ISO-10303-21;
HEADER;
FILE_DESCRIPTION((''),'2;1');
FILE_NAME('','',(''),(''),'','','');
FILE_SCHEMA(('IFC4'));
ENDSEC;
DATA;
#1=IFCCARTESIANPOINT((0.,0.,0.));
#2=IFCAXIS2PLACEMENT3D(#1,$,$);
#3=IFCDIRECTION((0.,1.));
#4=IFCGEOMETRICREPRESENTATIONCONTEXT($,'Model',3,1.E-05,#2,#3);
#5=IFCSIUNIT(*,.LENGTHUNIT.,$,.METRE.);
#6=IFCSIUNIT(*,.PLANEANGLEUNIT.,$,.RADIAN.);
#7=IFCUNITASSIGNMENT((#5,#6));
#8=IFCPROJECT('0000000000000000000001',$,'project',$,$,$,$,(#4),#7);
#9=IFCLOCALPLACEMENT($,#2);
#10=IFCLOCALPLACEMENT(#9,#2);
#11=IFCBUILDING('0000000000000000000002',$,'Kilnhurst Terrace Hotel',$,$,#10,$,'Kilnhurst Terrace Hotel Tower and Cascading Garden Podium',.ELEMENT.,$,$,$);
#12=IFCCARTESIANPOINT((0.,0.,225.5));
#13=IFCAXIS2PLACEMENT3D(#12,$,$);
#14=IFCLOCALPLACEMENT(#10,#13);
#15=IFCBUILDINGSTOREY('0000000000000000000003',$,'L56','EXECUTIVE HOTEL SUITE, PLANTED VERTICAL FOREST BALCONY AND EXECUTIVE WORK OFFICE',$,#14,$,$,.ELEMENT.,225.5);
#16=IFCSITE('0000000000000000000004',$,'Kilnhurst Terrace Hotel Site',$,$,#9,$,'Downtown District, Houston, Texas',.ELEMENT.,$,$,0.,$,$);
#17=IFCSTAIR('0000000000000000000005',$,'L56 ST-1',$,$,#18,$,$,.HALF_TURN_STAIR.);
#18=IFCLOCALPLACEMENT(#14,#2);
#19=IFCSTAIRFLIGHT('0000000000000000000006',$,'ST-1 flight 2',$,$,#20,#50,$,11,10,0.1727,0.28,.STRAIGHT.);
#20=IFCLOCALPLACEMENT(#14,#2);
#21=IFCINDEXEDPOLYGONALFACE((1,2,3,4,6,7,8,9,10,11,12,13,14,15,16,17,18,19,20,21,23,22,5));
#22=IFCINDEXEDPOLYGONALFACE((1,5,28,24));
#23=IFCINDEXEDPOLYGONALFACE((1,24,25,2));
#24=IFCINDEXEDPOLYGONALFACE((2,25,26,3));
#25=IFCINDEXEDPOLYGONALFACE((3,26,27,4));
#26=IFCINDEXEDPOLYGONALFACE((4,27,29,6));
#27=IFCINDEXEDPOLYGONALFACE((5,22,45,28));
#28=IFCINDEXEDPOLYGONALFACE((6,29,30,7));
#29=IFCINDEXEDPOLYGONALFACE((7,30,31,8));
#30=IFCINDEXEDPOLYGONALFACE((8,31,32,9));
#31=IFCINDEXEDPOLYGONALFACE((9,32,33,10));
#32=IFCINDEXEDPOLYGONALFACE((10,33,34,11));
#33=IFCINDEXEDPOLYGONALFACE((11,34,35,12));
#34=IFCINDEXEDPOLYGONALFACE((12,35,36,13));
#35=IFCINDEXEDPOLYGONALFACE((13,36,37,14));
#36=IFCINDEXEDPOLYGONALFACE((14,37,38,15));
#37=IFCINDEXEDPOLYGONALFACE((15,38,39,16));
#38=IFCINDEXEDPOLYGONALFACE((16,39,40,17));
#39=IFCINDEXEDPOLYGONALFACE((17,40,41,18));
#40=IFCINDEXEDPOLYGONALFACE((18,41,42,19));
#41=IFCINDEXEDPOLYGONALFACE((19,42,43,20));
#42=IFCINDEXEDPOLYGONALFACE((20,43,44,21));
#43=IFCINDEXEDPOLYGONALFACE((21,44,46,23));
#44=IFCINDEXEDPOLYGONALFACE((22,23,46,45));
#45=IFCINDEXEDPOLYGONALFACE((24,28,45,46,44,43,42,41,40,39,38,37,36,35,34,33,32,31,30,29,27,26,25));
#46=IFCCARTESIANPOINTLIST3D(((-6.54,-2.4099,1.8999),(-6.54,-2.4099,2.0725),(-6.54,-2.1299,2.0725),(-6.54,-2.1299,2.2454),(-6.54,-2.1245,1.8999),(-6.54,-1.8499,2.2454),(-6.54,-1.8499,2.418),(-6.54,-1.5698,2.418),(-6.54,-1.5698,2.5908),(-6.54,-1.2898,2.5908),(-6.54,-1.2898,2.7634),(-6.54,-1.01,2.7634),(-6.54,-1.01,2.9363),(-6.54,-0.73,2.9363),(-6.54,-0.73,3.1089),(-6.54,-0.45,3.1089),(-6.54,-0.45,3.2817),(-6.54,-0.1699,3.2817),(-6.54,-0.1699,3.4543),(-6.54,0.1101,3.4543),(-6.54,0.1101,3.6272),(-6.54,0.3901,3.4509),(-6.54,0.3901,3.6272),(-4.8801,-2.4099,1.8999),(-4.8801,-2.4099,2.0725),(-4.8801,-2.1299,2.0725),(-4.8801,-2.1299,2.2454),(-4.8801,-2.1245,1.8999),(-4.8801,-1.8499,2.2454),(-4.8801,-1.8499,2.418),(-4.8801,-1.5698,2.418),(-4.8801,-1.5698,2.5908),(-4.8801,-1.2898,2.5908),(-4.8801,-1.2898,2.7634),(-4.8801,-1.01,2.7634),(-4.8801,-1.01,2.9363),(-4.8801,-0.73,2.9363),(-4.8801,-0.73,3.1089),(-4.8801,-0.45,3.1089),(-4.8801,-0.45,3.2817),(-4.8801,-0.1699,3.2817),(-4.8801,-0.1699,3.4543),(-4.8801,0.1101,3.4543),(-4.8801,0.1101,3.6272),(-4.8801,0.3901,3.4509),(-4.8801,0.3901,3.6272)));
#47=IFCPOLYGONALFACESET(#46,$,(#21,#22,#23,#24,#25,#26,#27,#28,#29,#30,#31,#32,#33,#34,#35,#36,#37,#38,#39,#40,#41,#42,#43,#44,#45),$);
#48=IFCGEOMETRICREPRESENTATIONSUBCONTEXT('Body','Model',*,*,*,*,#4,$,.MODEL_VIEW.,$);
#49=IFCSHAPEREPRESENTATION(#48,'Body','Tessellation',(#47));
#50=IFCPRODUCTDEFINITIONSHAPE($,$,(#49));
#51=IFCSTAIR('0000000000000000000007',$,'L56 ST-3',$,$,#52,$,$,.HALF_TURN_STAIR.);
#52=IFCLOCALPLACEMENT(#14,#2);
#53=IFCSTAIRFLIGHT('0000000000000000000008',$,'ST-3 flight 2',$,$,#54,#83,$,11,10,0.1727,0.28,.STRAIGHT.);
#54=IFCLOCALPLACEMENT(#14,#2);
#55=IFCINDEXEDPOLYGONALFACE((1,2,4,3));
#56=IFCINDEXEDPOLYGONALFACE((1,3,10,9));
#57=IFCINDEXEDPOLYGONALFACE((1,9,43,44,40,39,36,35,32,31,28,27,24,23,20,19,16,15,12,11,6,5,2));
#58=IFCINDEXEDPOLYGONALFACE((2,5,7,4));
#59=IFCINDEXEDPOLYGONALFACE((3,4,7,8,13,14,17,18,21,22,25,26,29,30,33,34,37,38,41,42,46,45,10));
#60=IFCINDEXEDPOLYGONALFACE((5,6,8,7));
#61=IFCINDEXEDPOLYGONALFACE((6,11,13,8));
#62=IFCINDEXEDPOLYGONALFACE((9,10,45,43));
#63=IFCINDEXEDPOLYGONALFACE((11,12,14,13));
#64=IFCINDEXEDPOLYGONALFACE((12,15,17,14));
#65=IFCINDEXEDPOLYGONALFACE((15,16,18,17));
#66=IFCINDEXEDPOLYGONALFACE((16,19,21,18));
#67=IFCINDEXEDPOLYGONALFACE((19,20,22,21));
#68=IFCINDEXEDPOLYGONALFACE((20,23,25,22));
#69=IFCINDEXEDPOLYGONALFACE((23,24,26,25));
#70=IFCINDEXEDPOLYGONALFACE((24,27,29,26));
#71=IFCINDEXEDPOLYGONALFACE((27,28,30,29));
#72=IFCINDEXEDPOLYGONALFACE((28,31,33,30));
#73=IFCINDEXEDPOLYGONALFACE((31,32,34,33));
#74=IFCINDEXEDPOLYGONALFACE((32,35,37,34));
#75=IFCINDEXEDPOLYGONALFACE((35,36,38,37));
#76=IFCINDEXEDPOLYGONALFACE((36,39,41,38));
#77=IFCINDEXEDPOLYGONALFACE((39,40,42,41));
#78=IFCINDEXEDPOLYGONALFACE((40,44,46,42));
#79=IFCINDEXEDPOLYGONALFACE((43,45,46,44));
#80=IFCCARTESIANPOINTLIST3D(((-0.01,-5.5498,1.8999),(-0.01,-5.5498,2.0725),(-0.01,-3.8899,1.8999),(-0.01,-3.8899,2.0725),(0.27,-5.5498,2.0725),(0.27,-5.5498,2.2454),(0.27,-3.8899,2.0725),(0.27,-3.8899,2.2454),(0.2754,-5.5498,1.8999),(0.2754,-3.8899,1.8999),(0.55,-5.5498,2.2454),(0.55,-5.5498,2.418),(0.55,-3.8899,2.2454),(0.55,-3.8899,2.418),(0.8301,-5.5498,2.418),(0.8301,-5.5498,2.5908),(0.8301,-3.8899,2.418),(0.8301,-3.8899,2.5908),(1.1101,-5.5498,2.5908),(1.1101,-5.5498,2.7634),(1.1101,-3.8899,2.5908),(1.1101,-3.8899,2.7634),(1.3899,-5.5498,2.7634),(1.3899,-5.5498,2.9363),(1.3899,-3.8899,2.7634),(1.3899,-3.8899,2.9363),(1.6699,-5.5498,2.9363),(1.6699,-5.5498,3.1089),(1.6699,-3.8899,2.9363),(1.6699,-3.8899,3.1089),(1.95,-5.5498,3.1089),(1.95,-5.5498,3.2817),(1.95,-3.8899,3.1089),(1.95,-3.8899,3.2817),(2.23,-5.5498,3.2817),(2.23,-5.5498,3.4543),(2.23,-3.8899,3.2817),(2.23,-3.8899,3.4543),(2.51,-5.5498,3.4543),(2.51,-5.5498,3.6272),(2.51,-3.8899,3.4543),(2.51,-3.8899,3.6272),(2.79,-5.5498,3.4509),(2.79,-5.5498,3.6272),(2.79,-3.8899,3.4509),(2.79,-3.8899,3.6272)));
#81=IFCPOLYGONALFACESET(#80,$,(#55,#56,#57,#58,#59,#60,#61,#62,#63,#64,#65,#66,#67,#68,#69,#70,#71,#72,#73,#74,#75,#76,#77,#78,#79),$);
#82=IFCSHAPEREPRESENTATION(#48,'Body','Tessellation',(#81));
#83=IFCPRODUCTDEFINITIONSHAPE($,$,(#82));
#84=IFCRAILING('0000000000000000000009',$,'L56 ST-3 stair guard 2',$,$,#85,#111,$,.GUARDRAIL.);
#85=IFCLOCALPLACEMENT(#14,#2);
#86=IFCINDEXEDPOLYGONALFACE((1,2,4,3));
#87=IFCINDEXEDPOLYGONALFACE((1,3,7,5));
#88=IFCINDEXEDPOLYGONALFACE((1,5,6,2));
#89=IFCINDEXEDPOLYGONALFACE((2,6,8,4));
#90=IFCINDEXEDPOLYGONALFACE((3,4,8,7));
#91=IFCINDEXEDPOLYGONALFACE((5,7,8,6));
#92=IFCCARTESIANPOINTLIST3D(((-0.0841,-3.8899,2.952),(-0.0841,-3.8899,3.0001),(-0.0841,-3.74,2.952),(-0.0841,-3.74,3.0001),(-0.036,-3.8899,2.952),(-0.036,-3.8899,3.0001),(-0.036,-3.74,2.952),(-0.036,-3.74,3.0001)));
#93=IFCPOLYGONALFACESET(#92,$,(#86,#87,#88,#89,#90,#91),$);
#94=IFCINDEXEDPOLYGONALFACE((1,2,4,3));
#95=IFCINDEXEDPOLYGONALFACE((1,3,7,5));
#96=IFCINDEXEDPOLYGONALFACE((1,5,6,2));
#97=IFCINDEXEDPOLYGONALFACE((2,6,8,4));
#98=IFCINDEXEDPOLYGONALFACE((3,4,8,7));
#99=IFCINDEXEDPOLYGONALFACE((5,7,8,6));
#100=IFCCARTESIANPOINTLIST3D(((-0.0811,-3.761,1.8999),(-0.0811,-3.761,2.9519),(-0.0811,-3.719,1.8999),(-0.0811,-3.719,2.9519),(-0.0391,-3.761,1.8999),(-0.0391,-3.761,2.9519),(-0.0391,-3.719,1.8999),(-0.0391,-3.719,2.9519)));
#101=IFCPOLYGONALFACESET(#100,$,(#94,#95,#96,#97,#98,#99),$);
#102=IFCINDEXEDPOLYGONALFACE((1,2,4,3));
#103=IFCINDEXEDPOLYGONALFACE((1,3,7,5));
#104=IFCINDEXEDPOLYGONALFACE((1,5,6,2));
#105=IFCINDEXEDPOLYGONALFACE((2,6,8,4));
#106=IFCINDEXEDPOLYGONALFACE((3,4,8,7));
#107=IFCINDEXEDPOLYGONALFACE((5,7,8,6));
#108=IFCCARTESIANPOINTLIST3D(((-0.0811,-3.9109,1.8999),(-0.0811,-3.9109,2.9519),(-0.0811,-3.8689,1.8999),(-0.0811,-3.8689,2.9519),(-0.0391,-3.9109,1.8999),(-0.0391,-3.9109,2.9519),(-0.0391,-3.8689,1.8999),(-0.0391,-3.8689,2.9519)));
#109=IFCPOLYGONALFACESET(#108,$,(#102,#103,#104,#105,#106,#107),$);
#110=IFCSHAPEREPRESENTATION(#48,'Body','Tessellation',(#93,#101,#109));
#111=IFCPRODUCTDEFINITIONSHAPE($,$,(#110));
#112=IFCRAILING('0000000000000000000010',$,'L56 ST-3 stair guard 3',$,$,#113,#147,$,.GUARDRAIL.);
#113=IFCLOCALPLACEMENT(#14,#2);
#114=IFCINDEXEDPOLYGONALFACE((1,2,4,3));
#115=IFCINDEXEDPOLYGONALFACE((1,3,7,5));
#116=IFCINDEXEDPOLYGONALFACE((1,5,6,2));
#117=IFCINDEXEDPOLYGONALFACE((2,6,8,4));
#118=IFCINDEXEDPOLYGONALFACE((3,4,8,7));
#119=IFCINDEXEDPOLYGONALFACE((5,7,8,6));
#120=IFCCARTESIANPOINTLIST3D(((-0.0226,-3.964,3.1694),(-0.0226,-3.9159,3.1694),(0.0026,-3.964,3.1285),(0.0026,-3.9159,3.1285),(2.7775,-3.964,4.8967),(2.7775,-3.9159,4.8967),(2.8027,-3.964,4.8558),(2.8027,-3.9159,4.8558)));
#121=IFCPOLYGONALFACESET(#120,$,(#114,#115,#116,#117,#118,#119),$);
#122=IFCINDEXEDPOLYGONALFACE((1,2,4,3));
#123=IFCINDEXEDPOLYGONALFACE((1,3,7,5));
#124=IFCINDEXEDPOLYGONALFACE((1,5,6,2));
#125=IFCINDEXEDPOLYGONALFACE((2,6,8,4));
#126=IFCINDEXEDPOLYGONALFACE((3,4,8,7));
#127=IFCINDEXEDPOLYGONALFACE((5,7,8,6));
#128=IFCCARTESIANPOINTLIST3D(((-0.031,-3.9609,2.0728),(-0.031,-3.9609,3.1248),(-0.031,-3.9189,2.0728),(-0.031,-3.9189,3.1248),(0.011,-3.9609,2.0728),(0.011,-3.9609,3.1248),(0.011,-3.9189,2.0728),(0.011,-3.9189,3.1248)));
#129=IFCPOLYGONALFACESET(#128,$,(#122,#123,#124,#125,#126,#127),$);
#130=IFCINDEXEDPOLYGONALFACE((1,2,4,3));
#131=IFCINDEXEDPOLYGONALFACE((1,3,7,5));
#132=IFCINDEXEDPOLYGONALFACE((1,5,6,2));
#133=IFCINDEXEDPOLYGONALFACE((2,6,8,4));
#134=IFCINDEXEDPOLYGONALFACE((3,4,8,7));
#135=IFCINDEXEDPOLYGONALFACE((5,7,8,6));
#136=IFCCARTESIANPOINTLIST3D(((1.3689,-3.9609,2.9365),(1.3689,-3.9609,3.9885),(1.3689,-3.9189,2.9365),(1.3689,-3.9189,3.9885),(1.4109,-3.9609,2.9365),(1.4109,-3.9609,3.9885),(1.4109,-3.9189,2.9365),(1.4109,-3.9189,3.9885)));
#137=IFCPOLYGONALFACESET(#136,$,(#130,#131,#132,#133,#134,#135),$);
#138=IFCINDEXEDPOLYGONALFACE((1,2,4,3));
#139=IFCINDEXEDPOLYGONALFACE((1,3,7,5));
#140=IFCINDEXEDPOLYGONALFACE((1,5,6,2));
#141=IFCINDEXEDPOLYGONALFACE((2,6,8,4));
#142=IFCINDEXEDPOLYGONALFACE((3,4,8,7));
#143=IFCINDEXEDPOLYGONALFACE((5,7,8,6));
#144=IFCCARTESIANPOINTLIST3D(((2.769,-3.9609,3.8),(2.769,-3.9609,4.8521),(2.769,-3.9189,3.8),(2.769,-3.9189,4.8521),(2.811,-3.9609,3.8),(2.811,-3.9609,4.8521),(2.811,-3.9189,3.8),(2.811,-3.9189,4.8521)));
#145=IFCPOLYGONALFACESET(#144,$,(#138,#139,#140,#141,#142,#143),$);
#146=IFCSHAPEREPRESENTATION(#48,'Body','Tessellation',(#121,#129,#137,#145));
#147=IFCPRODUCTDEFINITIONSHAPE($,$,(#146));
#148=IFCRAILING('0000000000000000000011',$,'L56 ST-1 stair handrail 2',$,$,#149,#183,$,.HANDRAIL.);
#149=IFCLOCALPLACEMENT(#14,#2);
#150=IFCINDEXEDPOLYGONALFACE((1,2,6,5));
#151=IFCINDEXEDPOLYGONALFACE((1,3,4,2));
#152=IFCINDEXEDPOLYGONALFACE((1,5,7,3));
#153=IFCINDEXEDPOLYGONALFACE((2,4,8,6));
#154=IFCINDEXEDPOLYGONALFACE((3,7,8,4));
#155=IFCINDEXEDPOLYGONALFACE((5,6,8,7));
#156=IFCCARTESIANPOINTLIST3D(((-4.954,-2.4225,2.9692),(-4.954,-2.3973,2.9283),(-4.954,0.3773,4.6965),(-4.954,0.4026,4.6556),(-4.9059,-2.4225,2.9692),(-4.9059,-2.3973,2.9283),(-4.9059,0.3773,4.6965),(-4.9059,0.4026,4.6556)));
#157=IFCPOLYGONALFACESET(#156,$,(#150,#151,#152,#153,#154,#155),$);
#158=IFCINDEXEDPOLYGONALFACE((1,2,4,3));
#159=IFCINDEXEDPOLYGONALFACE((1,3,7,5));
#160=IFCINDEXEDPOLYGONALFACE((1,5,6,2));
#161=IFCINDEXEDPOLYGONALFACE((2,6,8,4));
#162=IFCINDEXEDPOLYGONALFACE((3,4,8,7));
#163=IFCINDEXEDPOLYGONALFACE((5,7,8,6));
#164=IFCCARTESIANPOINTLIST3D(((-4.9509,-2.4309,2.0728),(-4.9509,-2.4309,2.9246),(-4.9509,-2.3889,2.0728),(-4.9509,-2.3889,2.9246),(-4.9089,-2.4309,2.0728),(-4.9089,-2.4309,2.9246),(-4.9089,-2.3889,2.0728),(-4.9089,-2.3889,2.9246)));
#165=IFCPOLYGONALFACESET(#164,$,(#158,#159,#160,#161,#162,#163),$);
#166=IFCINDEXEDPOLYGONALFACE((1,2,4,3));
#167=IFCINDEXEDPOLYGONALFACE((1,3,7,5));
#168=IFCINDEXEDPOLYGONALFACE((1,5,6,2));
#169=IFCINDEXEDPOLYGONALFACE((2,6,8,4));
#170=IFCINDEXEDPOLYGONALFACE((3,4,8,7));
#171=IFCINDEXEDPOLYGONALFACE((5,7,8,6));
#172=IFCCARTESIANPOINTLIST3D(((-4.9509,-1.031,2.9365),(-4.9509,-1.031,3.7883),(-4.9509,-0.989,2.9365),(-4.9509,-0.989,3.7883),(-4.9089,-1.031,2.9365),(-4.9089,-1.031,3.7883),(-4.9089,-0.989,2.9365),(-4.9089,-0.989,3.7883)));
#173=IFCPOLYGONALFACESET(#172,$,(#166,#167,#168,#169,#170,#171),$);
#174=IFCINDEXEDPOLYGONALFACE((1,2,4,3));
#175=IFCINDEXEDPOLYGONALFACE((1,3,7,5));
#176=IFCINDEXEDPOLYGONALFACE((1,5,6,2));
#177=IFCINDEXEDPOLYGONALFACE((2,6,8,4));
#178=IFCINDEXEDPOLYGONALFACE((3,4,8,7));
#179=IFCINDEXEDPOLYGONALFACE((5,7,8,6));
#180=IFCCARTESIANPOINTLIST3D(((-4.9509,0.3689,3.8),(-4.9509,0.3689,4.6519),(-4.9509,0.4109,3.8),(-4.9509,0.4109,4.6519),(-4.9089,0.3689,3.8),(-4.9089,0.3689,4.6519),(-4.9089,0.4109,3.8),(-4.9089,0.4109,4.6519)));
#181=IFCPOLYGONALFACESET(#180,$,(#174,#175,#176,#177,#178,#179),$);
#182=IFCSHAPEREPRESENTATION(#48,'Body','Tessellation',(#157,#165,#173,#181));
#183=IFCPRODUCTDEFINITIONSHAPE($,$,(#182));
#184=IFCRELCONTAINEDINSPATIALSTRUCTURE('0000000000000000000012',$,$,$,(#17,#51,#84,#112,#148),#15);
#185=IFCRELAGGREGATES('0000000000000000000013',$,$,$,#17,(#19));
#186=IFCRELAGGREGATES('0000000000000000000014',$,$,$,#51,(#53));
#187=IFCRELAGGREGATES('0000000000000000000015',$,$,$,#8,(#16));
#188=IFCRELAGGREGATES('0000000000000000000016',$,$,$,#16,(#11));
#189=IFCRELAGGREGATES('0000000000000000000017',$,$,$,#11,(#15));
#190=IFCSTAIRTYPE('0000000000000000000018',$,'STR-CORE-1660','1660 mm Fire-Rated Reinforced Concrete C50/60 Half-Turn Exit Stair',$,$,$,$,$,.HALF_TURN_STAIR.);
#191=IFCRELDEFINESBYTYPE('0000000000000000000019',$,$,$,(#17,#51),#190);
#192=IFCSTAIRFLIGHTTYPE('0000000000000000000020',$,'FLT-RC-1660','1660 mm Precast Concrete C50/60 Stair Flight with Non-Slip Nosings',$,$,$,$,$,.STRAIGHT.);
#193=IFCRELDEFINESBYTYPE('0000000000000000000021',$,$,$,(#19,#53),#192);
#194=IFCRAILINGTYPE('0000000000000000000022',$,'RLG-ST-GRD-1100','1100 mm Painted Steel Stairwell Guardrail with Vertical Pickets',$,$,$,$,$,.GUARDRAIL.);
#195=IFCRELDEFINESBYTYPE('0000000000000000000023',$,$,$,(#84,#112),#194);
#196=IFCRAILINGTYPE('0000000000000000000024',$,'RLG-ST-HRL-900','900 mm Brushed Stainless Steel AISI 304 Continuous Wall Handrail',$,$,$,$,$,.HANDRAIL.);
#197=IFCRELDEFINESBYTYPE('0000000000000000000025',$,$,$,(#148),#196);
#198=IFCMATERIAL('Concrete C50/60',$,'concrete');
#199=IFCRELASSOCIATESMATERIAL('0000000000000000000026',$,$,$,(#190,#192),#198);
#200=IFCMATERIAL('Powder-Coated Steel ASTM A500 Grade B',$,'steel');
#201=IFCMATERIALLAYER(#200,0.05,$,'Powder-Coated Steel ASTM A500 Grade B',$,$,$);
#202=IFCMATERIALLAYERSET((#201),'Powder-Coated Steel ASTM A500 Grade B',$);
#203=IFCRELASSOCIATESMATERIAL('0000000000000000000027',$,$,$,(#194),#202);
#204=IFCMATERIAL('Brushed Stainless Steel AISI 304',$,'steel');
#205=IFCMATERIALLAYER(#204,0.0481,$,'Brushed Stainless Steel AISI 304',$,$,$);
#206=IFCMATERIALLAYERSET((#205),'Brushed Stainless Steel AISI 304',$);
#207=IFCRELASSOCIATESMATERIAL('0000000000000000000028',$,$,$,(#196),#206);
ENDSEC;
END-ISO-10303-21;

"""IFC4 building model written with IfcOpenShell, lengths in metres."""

from ifc_helpers import new_model, si_unit, direction, frame, origin, origin_2d, place, context, subcontext, project, spatial, polyline, rectangle, outline, extrude, material, layer, layer_set, type_object, element, aggregate, save


model = new_model("IFC4")

# Units and contexts
model_context = context("Model", 3, precision=1e-05, world=origin(), true_north=direction((0.0, 1.0)))
body_context = subcontext(model_context, "Body", "Model", "MODEL_VIEW")
ifc_project = project(units=[si_unit("LENGTHUNIT", "METRE"), si_unit("PLANEANGLEUNIT", "RADIAN")], contexts=[model_context])

# Site, building, storey
site_placement = place(None, origin())
site = spatial("IfcSite", under=ifc_project, at=site_placement, Name="Kilnhurst Terrace Hotel Site", LongName="Downtown District, Houston, Texas", CompositionType="ELEMENT", RefElevation=0.0)
building_placement = place(site_placement, origin())
building = spatial("IfcBuilding", under=site, at=building_placement, Name="Kilnhurst Terrace Hotel", LongName="Kilnhurst Terrace Hotel Tower and Cascading Garden Podium", CompositionType="ELEMENT")
storey_placement = place(building_placement, frame((0.0, 0.0, 225.5)))
storey = spatial("IfcBuildingStorey", under=building, at=storey_placement, Name="L56", Description="EXECUTIVE HOTEL SUITE, PLANTED VERTICAL FOREST BALCONY AND EXECUTIVE WORK OFFICE", CompositionType="ELEMENT", Elevation=225.5)

# Shared definitions
ifc_material_1 = material(Name="Concrete C50/60", Category="concrete")

# Stairs, stair flights
stair_type = type_object("IfcStairType", Name="STR-CORE-1660", Description="1660 mm Fire-Rated Reinforced Concrete C50/60 Half-Turn Exit Stair", PredefinedType="HALF_TURN_STAIR", material=ifc_material_1)
stair_1_placement = place(storey_placement, origin())
stair_1 = element("IfcStair", 1, at=stair_1_placement, inside=storey, type_object=stair_type, Name="L56 ST-1", PredefinedType="HALF_TURN_STAIR")
stair_flight_type = type_object("IfcStairFlightType", Name="FLT-RC-1660", Description="1660 mm Precast Concrete C50/60 Stair Flight with Non-Slip Nosings", PredefinedType="STRAIGHT", material=ifc_material_1)
stair_flight_1_placement = place(storey_placement, frame((-5.71, -2.4099, 1.8999), z_axis=(0.0, 0.0, 1.0), x_axis=(0.0, 1.0, 0.0)))
stair_flight_1 = element("IfcStairFlight", 2, at=stair_flight_1_placement, type_object=stair_flight_type, Name="ST-1 flight 2", NumberOfRisers=11, NumberOfTreads=10, PredefinedType="STRAIGHT", RiserHeight=0.1727, TreadLength=0.28, context=body_context, shape_type="SweptSolid", body=[
    extrude(outline(polyline([(0.0, 0.0), (0.0, 0.1726), (0.28, 0.1726), (0.28, 0.3455), (0.5601, 0.3455), (0.5601, 0.5181), (0.8401, 0.5181), (0.8401, 0.6909), (1.1201, 0.6909), (1.1201, 0.8635), (1.3999, 0.8635), (1.3999, 1.0364), (1.6799, 1.0364), (1.6799, 1.209), (1.96, 1.209), (1.96, 1.3818), (2.24, 1.3818), (2.24, 1.5544), (2.52, 1.5544), (2.52, 1.7273), (2.8, 1.7273), (2.8, 1.8999), (2.8, 1.551), (0.2854, 0.0), (0.0, 0.0)])), frame((0.0, 0.8301, 0.0), z_axis=(0.0, -1.0, 0.0), x_axis=(1.0, 0.0, 0.0)), (0.0, 0.0, 1.0), 1.6599),
])
aggregate(stair_1, [stair_flight_1])
stair_2_placement = place(storey_placement, origin())
stair_2 = element("IfcStair", 3, at=stair_2_placement, inside=storey, type_object=stair_type, Name="L56 ST-3", PredefinedType="HALF_TURN_STAIR")
stair_flight_2_placement = place(storey_placement, frame((-0.01, -4.72, 1.8999), z_axis=(0.0, 0.0, 1.0), x_axis=(1.0, 0.0, 0.0)))
stair_flight_2 = element("IfcStairFlight", 4, at=stair_flight_2_placement, type_object=stair_flight_type, Name="ST-3 flight 2", NumberOfRisers=11, NumberOfTreads=10, PredefinedType="STRAIGHT", RiserHeight=0.1727, TreadLength=0.28, context=body_context, shape_type="SweptSolid", body=[
    extrude(outline(polyline([(0.0, 0.0), (0.0, 0.1726), (0.28, 0.1726), (0.28, 0.3455), (0.5601, 0.3455), (0.5601, 0.5181), (0.8401, 0.5181), (0.8401, 0.6909), (1.1201, 0.6909), (1.1201, 0.8635), (1.3999, 0.8635), (1.3999, 1.0364), (1.6799, 1.0364), (1.6799, 1.209), (1.96, 1.209), (1.96, 1.3818), (2.24, 1.3818), (2.24, 1.5544), (2.52, 1.5544), (2.52, 1.7273), (2.8, 1.7273), (2.8, 1.8999), (2.8, 1.551), (0.2854, 0.0), (0.0, 0.0)])), frame((0.0, 0.8301, 0.0), z_axis=(0.0, -1.0, 0.0), x_axis=(1.0, 0.0, 0.0)), (0.0, 0.0, 1.0), 1.6599),
])
aggregate(stair_2, [stair_flight_2])

# Railings
ifc_material_2 = material(Name="Powder-Coated Steel ASTM A500 Grade B", Category="steel")
ifc_layer_1 = layer(ifc_material_2, 0.05, Name="Powder-Coated Steel ASTM A500 Grade B")
ifc_layer_set_1 = layer_set([ifc_layer_1], Name="Powder-Coated Steel ASTM A500 Grade B")
railing_type_1 = type_object("IfcRailingType", Name="RLG-ST-GRD-1100", Description="1100 mm Painted Steel Stairwell Guardrail with Vertical Pickets", PredefinedType="GUARDRAIL", material=ifc_layer_set_1)
railing_1_placement = place(storey_placement, frame((-0.0601, -3.74, 1.8999)))
element("IfcRailing", 5, at=railing_1_placement, inside=storey, type_object=railing_type_1, Name="L56 ST-3 stair guard 2", PredefinedType="GUARDRAIL", context=body_context, shape_type="SweptSolid", body=[
    extrude(rectangle(XDim=0.0481, YDim=0.0481, at=origin_2d()), frame((0.0, 0.0, 1.0762), z_axis=(0.0, -1.0, 0.0), x_axis=(1.0, 0.0, 0.0)), (0.0, 0.0, 1.0), 0.1499),
    extrude(rectangle(XDim=0.042, YDim=0.042, at=origin_2d()), origin(), (0.0, 0.0, 1.0), 1.052),
    extrude(rectangle(XDim=0.042, YDim=0.042, at=origin_2d()), frame((0.0, -0.1499, 0.0)), (0.0, 0.0, 1.0), 1.052),
])
railing_2_placement = place(storey_placement, frame((-0.01, -3.9399, 2.0728)))
element("IfcRailing", 6, at=railing_2_placement, inside=storey, type_object=railing_type_1, Name="L56 ST-3 stair guard 3", PredefinedType="GUARDRAIL", context=body_context, shape_type="SweptSolid", body=[
    extrude(rectangle(XDim=0.0481, YDim=0.0481, at=origin_2d()), frame((0.0, 0.0, 1.0762), z_axis=(0.85109, 0.0, 0.52502), x_axis=(0.0, 1.0, 0.0)), (0.0, 0.0, 1.0), 3.29),
    extrude(rectangle(XDim=0.042, YDim=0.042, at=origin_2d()), origin(), (0.0, 0.0, 1.0), 1.052),
    extrude(rectangle(XDim=0.042, YDim=0.042, at=origin_2d()), frame((1.3999, 0.0, 0.8638)), (0.0, 0.0, 1.0), 1.052),
    extrude(rectangle(XDim=0.042, YDim=0.042, at=origin_2d()), frame((2.8, 0.0, 1.7273)), (0.0, 0.0, 1.0), 1.052),
])
ifc_material_3 = material(Name="Brushed Stainless Steel AISI 304", Category="steel")
ifc_layer_2 = layer(ifc_material_3, 0.0481, Name="Brushed Stainless Steel AISI 304")
ifc_layer_set_2 = layer_set([ifc_layer_2], Name="Brushed Stainless Steel AISI 304")
railing_type_2 = type_object("IfcRailingType", Name="RLG-ST-HRL-900", Description="900 mm Brushed Stainless Steel AISI 304 Continuous Wall Handrail", PredefinedType="HANDRAIL", material=ifc_layer_set_2)
railing_3_placement = place(storey_placement, frame((-4.9299, -2.4099, 2.0728)))
element("IfcRailing", 7, at=railing_3_placement, inside=storey, type_object=railing_type_2, Name="L56 ST-1 stair handrail 2", PredefinedType="HANDRAIL", context=body_context, shape_type="SweptSolid", body=[
    extrude(rectangle(XDim=0.0481, YDim=0.0481, at=origin_2d()), frame((0.0, 0.0, 0.876), z_axis=(0.0, 0.851069, 0.525054), x_axis=(-1.0, 0.0, 0.0)), (0.0, 0.0, 1.0), 3.2898),
    extrude(rectangle(XDim=0.042, YDim=0.042, at=origin_2d()), origin(), (0.0, 0.0, 1.0), 0.8518),
    extrude(rectangle(XDim=0.042, YDim=0.042, at=origin_2d()), frame((0.0, 1.3999, 0.8638)), (0.0, 0.0, 1.0), 0.8518),
    extrude(rectangle(XDim=0.042, YDim=0.042, at=origin_2d()), frame((0.0, 2.7998, 1.7273)), (0.0, 0.0, 1.0), 0.8518),
])

save(model, "model.ifc")
